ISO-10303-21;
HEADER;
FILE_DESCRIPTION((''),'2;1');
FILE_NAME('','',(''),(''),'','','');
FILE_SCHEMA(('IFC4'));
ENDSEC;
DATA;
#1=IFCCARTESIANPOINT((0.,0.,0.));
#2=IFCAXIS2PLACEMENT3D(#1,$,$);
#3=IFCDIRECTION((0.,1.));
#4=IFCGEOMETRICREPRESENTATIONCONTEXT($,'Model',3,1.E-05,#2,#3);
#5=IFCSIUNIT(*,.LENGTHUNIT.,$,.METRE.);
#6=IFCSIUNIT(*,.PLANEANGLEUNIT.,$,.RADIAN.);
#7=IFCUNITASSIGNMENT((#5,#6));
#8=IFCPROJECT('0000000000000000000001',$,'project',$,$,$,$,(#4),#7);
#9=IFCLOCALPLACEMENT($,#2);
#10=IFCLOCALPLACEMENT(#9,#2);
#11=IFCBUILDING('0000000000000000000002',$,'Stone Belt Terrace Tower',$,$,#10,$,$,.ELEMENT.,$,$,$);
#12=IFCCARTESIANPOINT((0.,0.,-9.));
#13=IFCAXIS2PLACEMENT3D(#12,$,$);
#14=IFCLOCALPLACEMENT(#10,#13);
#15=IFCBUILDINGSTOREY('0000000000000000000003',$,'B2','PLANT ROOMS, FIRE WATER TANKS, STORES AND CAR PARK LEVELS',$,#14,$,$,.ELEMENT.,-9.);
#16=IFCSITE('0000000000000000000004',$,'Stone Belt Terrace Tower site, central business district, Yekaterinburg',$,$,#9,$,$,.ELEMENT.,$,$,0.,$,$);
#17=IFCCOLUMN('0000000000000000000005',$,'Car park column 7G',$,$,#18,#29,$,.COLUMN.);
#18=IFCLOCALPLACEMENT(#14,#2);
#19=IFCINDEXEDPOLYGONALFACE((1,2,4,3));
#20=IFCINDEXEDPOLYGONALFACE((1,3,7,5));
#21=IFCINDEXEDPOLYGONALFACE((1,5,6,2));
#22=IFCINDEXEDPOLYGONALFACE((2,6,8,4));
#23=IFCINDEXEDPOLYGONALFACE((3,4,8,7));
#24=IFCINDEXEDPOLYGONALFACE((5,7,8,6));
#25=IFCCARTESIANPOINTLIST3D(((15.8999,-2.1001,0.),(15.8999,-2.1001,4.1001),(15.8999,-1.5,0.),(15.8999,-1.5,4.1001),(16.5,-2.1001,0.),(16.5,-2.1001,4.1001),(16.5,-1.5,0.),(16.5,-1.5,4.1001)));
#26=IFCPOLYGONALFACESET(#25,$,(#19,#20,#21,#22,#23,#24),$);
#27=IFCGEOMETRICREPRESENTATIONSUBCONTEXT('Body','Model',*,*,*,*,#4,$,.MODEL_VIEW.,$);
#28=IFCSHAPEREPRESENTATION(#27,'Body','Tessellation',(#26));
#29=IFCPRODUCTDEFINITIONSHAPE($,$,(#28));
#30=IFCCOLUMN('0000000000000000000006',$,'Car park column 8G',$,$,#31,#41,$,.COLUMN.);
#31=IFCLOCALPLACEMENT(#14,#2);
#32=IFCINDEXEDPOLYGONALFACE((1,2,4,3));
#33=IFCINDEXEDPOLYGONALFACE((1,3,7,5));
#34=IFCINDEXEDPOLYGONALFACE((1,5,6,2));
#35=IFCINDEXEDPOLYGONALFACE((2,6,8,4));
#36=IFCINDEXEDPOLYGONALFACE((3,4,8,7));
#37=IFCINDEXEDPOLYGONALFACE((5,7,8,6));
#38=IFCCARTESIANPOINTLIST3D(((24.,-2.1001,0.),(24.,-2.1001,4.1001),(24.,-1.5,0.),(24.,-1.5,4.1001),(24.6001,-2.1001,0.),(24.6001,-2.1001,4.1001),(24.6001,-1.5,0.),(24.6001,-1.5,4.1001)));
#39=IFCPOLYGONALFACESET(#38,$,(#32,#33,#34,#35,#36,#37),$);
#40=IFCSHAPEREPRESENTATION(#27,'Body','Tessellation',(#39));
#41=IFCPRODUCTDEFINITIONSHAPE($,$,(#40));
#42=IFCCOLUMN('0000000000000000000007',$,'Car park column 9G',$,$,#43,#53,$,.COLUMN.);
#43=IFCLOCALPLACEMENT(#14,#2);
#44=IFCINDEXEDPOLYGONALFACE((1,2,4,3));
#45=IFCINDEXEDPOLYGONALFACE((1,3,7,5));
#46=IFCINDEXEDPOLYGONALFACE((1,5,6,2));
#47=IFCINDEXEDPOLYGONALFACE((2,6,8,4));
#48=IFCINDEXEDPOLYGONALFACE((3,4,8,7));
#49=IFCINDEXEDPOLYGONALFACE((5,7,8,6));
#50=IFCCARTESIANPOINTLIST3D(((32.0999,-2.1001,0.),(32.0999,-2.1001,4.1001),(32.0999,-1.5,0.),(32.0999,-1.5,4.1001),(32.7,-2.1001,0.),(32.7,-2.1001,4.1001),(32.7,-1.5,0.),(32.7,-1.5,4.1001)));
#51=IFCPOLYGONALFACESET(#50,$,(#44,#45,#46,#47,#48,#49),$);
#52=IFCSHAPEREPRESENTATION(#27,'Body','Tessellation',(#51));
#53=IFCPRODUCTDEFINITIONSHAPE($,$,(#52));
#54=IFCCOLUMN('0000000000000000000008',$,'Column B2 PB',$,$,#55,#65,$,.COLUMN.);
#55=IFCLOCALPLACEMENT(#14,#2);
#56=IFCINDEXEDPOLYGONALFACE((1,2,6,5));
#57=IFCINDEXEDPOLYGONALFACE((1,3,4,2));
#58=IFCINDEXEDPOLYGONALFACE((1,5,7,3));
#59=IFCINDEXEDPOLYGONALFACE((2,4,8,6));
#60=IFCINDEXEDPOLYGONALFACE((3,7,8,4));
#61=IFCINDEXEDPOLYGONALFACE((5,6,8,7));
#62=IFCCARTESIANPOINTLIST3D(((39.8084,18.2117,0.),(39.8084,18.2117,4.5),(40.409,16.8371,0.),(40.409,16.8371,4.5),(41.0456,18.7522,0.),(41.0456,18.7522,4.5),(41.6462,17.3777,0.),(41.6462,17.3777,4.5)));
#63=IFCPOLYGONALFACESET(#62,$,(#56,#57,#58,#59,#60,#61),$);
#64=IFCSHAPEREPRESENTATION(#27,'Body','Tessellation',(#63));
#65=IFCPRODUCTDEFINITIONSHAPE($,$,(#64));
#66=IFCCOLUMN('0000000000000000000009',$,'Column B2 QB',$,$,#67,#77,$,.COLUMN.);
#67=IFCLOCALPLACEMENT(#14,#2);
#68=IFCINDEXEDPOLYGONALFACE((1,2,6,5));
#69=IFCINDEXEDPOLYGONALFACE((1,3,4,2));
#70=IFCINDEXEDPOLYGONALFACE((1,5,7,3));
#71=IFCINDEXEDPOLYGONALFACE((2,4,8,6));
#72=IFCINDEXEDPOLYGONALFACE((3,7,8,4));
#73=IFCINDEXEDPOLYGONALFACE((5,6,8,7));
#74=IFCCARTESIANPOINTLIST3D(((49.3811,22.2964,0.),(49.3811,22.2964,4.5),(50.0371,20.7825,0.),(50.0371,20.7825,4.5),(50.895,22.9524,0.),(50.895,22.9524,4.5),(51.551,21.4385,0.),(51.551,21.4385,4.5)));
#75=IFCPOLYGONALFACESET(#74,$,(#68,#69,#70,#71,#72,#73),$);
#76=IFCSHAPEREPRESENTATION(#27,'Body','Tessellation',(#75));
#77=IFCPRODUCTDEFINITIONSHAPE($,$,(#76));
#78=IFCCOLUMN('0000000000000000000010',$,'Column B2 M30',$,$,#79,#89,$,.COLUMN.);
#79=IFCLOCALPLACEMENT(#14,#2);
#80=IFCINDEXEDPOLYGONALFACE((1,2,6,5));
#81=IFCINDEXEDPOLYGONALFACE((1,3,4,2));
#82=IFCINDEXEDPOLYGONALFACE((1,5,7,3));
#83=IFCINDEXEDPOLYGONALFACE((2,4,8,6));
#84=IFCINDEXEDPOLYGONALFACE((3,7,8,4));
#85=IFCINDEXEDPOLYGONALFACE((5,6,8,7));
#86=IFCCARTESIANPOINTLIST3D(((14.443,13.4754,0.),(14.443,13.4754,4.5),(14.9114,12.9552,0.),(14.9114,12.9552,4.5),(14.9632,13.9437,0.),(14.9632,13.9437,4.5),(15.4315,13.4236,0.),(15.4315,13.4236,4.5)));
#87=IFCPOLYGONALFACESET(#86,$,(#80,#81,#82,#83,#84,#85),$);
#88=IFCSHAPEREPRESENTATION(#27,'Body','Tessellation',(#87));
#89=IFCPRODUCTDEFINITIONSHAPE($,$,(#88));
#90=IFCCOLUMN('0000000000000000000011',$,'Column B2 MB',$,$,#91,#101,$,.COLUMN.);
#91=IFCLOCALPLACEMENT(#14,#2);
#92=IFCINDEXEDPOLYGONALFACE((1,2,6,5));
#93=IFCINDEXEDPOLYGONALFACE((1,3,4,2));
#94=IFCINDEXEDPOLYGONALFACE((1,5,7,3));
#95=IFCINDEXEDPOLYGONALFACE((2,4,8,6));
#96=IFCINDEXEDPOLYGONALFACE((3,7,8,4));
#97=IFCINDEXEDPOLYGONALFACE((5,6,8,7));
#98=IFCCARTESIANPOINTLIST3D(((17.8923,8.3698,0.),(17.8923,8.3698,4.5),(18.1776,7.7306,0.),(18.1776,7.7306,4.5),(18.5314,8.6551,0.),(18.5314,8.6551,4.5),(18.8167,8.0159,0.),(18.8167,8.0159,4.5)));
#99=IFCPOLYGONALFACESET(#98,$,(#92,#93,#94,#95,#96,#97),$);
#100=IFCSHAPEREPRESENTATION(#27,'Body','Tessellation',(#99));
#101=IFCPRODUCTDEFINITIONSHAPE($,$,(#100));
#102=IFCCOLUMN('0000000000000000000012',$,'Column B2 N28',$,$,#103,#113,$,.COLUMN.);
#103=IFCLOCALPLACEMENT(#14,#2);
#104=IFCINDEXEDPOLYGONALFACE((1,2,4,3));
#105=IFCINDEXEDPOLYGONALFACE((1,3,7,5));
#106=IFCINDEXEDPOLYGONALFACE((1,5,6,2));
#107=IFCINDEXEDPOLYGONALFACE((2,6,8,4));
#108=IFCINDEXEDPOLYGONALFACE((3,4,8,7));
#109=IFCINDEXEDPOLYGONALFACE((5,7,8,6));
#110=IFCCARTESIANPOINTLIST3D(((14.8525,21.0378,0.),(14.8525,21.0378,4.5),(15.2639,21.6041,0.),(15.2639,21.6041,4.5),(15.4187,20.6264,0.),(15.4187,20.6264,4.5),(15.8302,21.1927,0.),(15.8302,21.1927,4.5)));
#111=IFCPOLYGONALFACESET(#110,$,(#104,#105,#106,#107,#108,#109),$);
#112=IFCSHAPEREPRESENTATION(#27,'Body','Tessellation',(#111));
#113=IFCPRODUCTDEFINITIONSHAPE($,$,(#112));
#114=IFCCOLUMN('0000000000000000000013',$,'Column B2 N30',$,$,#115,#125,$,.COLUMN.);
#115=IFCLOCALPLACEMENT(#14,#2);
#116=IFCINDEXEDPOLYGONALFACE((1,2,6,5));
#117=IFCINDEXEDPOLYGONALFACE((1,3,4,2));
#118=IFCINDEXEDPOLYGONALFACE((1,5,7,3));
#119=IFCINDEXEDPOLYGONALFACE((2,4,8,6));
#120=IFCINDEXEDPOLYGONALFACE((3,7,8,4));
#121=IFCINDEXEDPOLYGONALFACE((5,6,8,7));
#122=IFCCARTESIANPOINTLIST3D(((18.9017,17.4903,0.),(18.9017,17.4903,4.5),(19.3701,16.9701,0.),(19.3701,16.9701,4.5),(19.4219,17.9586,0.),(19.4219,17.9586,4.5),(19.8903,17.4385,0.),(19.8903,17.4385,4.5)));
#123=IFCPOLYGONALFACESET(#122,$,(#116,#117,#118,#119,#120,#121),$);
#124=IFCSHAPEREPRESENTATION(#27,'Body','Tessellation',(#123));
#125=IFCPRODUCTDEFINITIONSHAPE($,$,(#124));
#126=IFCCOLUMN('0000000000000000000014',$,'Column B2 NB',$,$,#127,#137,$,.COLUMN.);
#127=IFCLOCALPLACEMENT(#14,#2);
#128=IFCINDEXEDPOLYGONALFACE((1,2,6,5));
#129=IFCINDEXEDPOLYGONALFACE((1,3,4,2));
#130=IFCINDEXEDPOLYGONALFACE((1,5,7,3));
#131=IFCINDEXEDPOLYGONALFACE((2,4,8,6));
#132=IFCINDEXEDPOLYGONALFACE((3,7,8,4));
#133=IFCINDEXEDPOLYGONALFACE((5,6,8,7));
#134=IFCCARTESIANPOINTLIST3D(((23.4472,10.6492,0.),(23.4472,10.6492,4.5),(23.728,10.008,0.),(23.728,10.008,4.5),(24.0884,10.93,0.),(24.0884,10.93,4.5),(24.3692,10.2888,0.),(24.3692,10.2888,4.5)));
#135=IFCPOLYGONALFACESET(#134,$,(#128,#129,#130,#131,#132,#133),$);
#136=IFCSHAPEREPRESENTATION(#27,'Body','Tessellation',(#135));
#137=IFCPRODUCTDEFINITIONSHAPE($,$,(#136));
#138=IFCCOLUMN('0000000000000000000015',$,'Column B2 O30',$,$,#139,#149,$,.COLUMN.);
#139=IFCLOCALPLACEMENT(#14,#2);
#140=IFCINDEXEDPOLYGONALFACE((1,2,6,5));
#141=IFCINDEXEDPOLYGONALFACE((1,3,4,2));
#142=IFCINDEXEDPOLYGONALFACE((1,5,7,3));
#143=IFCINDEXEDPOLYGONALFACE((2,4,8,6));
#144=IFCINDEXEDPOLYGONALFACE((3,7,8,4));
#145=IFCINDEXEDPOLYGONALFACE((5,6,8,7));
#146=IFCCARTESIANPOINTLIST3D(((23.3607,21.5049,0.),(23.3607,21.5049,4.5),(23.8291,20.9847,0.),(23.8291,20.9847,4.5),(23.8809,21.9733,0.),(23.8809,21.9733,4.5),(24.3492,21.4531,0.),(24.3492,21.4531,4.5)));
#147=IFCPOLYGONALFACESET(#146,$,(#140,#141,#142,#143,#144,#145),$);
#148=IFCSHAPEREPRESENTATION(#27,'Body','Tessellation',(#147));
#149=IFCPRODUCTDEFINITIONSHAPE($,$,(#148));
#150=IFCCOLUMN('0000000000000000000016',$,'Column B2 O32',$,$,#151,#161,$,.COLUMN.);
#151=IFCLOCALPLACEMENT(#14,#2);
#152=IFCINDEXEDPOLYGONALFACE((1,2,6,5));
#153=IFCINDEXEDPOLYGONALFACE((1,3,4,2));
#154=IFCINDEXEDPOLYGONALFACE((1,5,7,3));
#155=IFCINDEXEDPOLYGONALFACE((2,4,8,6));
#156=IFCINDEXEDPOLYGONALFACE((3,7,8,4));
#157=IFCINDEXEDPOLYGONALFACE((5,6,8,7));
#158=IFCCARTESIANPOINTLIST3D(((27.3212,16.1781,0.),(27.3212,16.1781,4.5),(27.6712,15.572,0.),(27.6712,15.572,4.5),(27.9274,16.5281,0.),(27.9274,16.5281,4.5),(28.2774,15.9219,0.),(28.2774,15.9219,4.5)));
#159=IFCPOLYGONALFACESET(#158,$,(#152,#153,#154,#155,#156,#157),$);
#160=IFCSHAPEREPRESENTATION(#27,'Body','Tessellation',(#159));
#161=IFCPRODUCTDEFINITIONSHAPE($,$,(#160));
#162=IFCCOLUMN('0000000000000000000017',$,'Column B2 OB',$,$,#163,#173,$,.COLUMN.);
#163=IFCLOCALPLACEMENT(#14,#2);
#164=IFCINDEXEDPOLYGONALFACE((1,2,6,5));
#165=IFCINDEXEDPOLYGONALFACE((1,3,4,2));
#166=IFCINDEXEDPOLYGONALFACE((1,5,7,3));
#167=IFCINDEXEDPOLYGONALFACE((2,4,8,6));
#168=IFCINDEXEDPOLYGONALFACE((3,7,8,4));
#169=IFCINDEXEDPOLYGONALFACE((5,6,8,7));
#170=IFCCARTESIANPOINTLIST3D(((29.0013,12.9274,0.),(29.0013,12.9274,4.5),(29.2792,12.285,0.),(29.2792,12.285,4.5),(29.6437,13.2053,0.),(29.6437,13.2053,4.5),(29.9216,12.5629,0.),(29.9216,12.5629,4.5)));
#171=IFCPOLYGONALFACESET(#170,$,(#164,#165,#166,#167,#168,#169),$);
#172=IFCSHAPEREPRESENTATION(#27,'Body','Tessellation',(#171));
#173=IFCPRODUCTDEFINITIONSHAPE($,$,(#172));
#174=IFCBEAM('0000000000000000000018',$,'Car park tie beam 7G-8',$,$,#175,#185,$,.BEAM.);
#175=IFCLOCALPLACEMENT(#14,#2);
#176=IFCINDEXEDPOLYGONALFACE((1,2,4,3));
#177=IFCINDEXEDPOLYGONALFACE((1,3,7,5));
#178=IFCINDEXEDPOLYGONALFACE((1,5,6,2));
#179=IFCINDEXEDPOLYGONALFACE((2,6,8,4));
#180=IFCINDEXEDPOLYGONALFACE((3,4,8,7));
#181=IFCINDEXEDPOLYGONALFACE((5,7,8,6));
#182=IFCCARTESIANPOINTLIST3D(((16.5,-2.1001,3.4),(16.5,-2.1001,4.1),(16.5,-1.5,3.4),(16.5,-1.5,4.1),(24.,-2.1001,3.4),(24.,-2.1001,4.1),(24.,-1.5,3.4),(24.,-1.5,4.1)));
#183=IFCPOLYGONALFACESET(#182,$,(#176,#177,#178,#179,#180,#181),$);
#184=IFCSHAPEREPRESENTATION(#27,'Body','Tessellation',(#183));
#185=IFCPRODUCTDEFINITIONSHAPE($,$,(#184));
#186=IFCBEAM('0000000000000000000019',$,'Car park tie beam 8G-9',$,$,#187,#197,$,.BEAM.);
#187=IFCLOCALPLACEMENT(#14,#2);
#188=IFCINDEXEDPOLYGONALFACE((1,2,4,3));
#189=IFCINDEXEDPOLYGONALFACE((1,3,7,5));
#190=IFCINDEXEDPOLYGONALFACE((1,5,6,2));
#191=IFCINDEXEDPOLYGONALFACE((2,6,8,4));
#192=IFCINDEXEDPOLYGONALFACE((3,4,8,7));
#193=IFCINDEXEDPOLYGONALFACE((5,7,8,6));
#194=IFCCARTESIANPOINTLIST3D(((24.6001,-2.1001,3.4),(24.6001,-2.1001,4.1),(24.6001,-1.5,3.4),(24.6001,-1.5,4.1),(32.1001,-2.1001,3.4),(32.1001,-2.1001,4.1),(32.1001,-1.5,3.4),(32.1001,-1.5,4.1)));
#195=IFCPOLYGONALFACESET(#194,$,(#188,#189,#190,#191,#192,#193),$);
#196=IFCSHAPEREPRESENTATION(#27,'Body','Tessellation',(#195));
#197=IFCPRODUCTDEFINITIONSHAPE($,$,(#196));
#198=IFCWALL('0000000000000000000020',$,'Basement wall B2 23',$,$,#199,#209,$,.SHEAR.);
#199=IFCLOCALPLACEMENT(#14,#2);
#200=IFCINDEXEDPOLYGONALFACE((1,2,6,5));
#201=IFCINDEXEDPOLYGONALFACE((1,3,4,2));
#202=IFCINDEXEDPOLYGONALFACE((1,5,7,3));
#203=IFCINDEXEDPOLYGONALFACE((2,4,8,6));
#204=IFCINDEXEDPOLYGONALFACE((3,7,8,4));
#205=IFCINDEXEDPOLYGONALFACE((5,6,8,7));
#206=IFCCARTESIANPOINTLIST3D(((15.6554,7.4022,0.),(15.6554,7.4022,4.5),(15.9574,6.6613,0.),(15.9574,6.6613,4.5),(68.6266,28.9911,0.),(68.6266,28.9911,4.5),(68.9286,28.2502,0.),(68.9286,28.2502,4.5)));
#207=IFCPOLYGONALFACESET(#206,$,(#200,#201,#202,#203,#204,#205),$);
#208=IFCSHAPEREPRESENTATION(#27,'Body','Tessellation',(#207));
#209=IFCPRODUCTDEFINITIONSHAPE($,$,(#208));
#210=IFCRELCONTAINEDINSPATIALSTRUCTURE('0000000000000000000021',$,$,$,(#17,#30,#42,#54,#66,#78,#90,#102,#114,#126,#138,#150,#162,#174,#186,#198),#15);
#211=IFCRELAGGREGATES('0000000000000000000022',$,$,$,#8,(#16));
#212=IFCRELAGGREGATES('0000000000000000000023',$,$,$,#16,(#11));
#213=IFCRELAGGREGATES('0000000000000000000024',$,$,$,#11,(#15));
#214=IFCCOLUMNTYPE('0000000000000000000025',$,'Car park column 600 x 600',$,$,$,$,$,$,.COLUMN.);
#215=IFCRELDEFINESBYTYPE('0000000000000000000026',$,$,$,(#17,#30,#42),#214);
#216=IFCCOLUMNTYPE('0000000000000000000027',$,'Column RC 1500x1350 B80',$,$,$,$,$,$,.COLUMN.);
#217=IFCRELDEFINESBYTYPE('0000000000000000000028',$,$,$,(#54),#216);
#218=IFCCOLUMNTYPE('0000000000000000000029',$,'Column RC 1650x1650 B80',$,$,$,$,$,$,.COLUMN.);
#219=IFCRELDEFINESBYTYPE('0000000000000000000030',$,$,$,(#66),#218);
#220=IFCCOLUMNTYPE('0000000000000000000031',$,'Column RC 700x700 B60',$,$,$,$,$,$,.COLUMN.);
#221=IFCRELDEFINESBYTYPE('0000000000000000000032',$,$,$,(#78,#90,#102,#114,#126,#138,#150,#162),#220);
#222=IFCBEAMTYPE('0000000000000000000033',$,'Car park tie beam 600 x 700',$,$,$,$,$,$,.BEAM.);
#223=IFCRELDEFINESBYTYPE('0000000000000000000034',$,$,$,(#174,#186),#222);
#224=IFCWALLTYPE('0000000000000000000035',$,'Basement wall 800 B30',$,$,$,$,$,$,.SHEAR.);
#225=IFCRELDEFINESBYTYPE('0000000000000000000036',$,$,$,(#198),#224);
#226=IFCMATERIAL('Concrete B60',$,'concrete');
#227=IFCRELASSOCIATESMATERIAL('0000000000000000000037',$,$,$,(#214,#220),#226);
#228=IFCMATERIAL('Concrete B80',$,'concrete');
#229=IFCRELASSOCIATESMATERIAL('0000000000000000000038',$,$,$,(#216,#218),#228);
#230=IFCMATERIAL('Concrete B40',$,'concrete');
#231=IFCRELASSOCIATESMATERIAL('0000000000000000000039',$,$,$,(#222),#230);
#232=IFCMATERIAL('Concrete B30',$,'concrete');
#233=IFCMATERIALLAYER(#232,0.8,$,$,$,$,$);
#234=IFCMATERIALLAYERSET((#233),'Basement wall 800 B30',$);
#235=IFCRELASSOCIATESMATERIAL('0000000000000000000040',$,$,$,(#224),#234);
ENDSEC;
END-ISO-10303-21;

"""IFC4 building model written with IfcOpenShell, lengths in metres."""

from ifc_helpers import new_model, si_unit, direction, frame, frame_2d, origin, origin_2d, place, context, subcontext, project, spatial, rectangle, extrude, material, layer, layer_set, material_profile, profile_set, type_object, element, save


model = new_model("IFC4")

# Units and contexts
model_context = context("Model", 3, precision=1e-05, world=origin(), true_north=direction((0.0, 1.0)))
body_context = subcontext(model_context, "Body", "Model", "MODEL_VIEW")
ifc_project = project(units=[si_unit("LENGTHUNIT", "METRE"), si_unit("PLANEANGLEUNIT", "RADIAN")], contexts=[model_context])

# Site, building, storey
site_placement = place(None, origin())
site = spatial("IfcSite", under=ifc_project, at=site_placement, Name="Stone Belt Terrace Tower site, central business district, Yekaterinburg", CompositionType="ELEMENT", RefElevation=0.0)
building_placement = place(site_placement, origin())
building = spatial("IfcBuilding", under=site, at=building_placement, Name="Stone Belt Terrace Tower", CompositionType="ELEMENT")
storey_placement = place(building_placement, frame((0.0, 0.0, -9.0)))
storey = spatial("IfcBuildingStorey", under=building, at=storey_placement, Name="B2", Description="PLANT ROOMS, FIRE WATER TANKS, STORES AND CAR PARK LEVELS", CompositionType="ELEMENT", Elevation=-9.0)

# Columns
ifc_material_1 = material(Name="Concrete B60", Category="concrete")
ifc_material_profile_1 = material_profile(ifc_material_1, rectangle(XDim=0.6001, YDim=0.6001, at=origin_2d()), Name="Car park column 600 x 600")
ifc_profile_set_1 = profile_set([ifc_material_profile_1], Name="Concrete B60")
column_type_1 = type_object("IfcColumnType", Name="Car park column 600 x 600", PredefinedType="COLUMN", material=ifc_profile_set_1)
for number, where, z_axis, x_axis, name in (
    (1, (16.2, -1.8, 0.0), (0.0, 0.0, 1.0), (1.0, 0.0, 0.0), "Car park column 7G"),
    (2, (24.3, -1.8, 0.0), (0.0, 0.0, 1.0), (1.0, 0.0, 0.0), "Car park column 8G"),
    (3, (32.3999, -1.8, 0.0), (0.0, 0.0, 1.0), (1.0, 0.0, 0.0), "Car park column 9G"),
):
    element("IfcColumn", number, at=place(storey_placement, frame(where, z_axis=z_axis, x_axis=x_axis)), inside=storey, type_object=column_type_1, Name=name, PredefinedType="COLUMN", context=body_context, shape_type="SweptSolid", body=[
        extrude(rectangle(XDim=0.6001, YDim=0.6001, at=origin_2d()), origin(), (0.0, 0.0, 1.0), 4.1001),
    ])
ifc_material_2 = material(Name="Concrete B80", Category="concrete")
ifc_material_profile_2 = material_profile(ifc_material_2, rectangle(XDim=1.5, YDim=1.3501, at=origin_2d()), Name="RC 1500x1350")
ifc_profile_set_2 = profile_set([ifc_material_profile_2], Name="Concrete B80")
column_type_2 = type_object("IfcColumnType", Name="Column RC 1500x1350 B80", PredefinedType="COLUMN", material=ifc_profile_set_2)
column_1_placement = place(storey_placement, frame((40.7273, 17.7947, 0.0), z_axis=(0.0, 0.0, 1.0), x_axis=(0.400376, -0.916351, 0.0)))
element("IfcColumn", 4, at=column_1_placement, inside=storey, type_object=column_type_2, Name="Column B2 PB", PredefinedType="COLUMN", context=body_context, shape_type="SweptSolid", body=[
    extrude(rectangle(XDim=1.5, YDim=1.3501, at=origin_2d()), origin(), (0.0, 0.0, 1.0), 4.5),
])
ifc_material_profile_3 = material_profile(ifc_material_2, rectangle(XDim=1.6499, YDim=1.6499, at=origin_2d()), Name="RC 1650x1650")
ifc_profile_set_3 = profile_set([ifc_material_profile_3], Name="Concrete B80")
column_type_3 = type_object("IfcColumnType", Name="Column RC 1650x1650 B80", PredefinedType="COLUMN", material=ifc_profile_set_3)
column_2_placement = place(storey_placement, frame((50.4661, 21.8674, 0.0), z_axis=(0.0, 0.0, 1.0), x_axis=(0.397588, -0.917564, 0.0)))
element("IfcColumn", 5, at=column_2_placement, inside=storey, type_object=column_type_3, Name="Column B2 QB", PredefinedType="COLUMN", context=body_context, shape_type="SweptSolid", body=[
    extrude(rectangle(XDim=1.6499, YDim=1.6499, at=origin_2d()), origin(), (0.0, 0.0, 1.0), 4.5),
])
ifc_material_profile_4 = material_profile(ifc_material_1, rectangle(XDim=0.7, YDim=0.7, at=origin_2d()), Name="RC 700x700")
ifc_profile_set_4 = profile_set([ifc_material_profile_4], Name="Concrete B60")
column_type_4 = type_object("IfcColumnType", Name="Column RC 700x700 B60", PredefinedType="COLUMN", material=ifc_profile_set_4)
for number, where, z_axis, x_axis, name in (
    (6, (14.9373, 13.4495, 0.0), (0.0, 0.0, 1.0), (0.669131, -0.743145, 0.0), "Column B2 M30"),
    (7, (18.3545, 8.1929, 0.0), (0.0, 0.0, 1.0), (0.407599, -0.913161, 0.0), "Column B2 MB"),
    (8, (15.3413, 21.1152, 0.0), (0.0, 0.0, 1.0), (0.809017, -0.587785, 0.0), "Column B2 N28"),
    (9, (19.396, 17.4644, 0.0), (0.0, 0.0, 1.0), (0.669131, -0.743145, 0.0), "Column B2 N30"),
    (10, (23.9082, 10.469, 0.0), (0.0, 0.0, 1.0), (0.401115, -0.916028, 0.0), "Column B2 NB"),
    (11, (23.855, 21.479, 0.0), (0.0, 0.0, 1.0), (0.669131, -0.743145, 0.0), "Column B2 O30"),
    (12, (27.7993, 16.05, 0.0), (0.0, 0.0, 1.0), (0.5, -0.866025, 0.0), "Column B2 O32"),
    (13, (29.4614, 12.7451, 0.0), (0.0, 0.0, 1.0), (0.397044, -0.9178, 0.0), "Column B2 OB"),
):
    element("IfcColumn", number, at=place(storey_placement, frame(where, z_axis=z_axis, x_axis=x_axis)), inside=storey, type_object=column_type_4, Name=name, PredefinedType="COLUMN", context=body_context, shape_type="SweptSolid", body=[
        extrude(rectangle(XDim=0.7, YDim=0.7, at=origin_2d()), origin(), (0.0, 0.0, 1.0), 4.5),
    ])

# Beams
ifc_material_3 = material(Name="Concrete B40", Category="concrete")
ifc_material_profile_5 = material_profile(ifc_material_3, rectangle(XDim=0.6001, YDim=0.7, at=origin_2d()), Name="Car park tie beam 600 x 700")
ifc_profile_set_5 = profile_set([ifc_material_profile_5], Name="Concrete B40")
beam_type = type_object("IfcBeamType", Name="Car park tie beam 600 x 700", PredefinedType="BEAM", material=ifc_profile_set_5)
for number, where, z_axis, x_axis, name in (
    (14, (16.5, -1.8, 3.75), (1.0, 0.0, 0.0), (0.0, 1.0, 0.0), "Car park tie beam 7G-8"),
    (15, (24.6001, -1.8, 3.75), (1.0, 0.0, 0.0), (0.0, 1.0, 0.0), "Car park tie beam 8G-9"),
):
    element("IfcBeam", number, at=place(storey_placement, frame(where, z_axis=z_axis, x_axis=x_axis)), inside=storey, type_object=beam_type, Name=name, PredefinedType="BEAM", context=body_context, shape_type="SweptSolid", body=[
        extrude(rectangle(XDim=0.6001, YDim=0.7, at=origin_2d()), origin(), (0.0, 0.0, 1.0), 7.5),
    ])

# Wall
ifc_material_4 = material(Name="Concrete B30", Category="concrete")
ifc_layer_1 = layer(ifc_material_4, 0.8)
ifc_layer_set_1 = layer_set([ifc_layer_1], Name="Basement wall 800 B30")
wall_type_1 = type_object("IfcWallType", Name="Basement wall 800 B30", PredefinedType="SHEAR", material=ifc_layer_set_1)
wall_1_placement = place(storey_placement, frame((15.8064, 7.0317, 0.0), z_axis=(0.0, 0.0, 1.0), x_axis=(0.926043, 0.377417, 0.0)))
element("IfcWall", 16, at=wall_1_placement, inside=storey, type_object=wall_type_1, Name="Basement wall B2 23", PredefinedType="SHEAR", context=body_context, shape_type="SweptSolid", body=[
    extrude(rectangle(XDim=57.2017, YDim=0.8, at=frame_2d((28.6008, 0.0))), origin(), (0.0, 0.0, 1.0), 4.5),
])

save(model, "model.ifc")
